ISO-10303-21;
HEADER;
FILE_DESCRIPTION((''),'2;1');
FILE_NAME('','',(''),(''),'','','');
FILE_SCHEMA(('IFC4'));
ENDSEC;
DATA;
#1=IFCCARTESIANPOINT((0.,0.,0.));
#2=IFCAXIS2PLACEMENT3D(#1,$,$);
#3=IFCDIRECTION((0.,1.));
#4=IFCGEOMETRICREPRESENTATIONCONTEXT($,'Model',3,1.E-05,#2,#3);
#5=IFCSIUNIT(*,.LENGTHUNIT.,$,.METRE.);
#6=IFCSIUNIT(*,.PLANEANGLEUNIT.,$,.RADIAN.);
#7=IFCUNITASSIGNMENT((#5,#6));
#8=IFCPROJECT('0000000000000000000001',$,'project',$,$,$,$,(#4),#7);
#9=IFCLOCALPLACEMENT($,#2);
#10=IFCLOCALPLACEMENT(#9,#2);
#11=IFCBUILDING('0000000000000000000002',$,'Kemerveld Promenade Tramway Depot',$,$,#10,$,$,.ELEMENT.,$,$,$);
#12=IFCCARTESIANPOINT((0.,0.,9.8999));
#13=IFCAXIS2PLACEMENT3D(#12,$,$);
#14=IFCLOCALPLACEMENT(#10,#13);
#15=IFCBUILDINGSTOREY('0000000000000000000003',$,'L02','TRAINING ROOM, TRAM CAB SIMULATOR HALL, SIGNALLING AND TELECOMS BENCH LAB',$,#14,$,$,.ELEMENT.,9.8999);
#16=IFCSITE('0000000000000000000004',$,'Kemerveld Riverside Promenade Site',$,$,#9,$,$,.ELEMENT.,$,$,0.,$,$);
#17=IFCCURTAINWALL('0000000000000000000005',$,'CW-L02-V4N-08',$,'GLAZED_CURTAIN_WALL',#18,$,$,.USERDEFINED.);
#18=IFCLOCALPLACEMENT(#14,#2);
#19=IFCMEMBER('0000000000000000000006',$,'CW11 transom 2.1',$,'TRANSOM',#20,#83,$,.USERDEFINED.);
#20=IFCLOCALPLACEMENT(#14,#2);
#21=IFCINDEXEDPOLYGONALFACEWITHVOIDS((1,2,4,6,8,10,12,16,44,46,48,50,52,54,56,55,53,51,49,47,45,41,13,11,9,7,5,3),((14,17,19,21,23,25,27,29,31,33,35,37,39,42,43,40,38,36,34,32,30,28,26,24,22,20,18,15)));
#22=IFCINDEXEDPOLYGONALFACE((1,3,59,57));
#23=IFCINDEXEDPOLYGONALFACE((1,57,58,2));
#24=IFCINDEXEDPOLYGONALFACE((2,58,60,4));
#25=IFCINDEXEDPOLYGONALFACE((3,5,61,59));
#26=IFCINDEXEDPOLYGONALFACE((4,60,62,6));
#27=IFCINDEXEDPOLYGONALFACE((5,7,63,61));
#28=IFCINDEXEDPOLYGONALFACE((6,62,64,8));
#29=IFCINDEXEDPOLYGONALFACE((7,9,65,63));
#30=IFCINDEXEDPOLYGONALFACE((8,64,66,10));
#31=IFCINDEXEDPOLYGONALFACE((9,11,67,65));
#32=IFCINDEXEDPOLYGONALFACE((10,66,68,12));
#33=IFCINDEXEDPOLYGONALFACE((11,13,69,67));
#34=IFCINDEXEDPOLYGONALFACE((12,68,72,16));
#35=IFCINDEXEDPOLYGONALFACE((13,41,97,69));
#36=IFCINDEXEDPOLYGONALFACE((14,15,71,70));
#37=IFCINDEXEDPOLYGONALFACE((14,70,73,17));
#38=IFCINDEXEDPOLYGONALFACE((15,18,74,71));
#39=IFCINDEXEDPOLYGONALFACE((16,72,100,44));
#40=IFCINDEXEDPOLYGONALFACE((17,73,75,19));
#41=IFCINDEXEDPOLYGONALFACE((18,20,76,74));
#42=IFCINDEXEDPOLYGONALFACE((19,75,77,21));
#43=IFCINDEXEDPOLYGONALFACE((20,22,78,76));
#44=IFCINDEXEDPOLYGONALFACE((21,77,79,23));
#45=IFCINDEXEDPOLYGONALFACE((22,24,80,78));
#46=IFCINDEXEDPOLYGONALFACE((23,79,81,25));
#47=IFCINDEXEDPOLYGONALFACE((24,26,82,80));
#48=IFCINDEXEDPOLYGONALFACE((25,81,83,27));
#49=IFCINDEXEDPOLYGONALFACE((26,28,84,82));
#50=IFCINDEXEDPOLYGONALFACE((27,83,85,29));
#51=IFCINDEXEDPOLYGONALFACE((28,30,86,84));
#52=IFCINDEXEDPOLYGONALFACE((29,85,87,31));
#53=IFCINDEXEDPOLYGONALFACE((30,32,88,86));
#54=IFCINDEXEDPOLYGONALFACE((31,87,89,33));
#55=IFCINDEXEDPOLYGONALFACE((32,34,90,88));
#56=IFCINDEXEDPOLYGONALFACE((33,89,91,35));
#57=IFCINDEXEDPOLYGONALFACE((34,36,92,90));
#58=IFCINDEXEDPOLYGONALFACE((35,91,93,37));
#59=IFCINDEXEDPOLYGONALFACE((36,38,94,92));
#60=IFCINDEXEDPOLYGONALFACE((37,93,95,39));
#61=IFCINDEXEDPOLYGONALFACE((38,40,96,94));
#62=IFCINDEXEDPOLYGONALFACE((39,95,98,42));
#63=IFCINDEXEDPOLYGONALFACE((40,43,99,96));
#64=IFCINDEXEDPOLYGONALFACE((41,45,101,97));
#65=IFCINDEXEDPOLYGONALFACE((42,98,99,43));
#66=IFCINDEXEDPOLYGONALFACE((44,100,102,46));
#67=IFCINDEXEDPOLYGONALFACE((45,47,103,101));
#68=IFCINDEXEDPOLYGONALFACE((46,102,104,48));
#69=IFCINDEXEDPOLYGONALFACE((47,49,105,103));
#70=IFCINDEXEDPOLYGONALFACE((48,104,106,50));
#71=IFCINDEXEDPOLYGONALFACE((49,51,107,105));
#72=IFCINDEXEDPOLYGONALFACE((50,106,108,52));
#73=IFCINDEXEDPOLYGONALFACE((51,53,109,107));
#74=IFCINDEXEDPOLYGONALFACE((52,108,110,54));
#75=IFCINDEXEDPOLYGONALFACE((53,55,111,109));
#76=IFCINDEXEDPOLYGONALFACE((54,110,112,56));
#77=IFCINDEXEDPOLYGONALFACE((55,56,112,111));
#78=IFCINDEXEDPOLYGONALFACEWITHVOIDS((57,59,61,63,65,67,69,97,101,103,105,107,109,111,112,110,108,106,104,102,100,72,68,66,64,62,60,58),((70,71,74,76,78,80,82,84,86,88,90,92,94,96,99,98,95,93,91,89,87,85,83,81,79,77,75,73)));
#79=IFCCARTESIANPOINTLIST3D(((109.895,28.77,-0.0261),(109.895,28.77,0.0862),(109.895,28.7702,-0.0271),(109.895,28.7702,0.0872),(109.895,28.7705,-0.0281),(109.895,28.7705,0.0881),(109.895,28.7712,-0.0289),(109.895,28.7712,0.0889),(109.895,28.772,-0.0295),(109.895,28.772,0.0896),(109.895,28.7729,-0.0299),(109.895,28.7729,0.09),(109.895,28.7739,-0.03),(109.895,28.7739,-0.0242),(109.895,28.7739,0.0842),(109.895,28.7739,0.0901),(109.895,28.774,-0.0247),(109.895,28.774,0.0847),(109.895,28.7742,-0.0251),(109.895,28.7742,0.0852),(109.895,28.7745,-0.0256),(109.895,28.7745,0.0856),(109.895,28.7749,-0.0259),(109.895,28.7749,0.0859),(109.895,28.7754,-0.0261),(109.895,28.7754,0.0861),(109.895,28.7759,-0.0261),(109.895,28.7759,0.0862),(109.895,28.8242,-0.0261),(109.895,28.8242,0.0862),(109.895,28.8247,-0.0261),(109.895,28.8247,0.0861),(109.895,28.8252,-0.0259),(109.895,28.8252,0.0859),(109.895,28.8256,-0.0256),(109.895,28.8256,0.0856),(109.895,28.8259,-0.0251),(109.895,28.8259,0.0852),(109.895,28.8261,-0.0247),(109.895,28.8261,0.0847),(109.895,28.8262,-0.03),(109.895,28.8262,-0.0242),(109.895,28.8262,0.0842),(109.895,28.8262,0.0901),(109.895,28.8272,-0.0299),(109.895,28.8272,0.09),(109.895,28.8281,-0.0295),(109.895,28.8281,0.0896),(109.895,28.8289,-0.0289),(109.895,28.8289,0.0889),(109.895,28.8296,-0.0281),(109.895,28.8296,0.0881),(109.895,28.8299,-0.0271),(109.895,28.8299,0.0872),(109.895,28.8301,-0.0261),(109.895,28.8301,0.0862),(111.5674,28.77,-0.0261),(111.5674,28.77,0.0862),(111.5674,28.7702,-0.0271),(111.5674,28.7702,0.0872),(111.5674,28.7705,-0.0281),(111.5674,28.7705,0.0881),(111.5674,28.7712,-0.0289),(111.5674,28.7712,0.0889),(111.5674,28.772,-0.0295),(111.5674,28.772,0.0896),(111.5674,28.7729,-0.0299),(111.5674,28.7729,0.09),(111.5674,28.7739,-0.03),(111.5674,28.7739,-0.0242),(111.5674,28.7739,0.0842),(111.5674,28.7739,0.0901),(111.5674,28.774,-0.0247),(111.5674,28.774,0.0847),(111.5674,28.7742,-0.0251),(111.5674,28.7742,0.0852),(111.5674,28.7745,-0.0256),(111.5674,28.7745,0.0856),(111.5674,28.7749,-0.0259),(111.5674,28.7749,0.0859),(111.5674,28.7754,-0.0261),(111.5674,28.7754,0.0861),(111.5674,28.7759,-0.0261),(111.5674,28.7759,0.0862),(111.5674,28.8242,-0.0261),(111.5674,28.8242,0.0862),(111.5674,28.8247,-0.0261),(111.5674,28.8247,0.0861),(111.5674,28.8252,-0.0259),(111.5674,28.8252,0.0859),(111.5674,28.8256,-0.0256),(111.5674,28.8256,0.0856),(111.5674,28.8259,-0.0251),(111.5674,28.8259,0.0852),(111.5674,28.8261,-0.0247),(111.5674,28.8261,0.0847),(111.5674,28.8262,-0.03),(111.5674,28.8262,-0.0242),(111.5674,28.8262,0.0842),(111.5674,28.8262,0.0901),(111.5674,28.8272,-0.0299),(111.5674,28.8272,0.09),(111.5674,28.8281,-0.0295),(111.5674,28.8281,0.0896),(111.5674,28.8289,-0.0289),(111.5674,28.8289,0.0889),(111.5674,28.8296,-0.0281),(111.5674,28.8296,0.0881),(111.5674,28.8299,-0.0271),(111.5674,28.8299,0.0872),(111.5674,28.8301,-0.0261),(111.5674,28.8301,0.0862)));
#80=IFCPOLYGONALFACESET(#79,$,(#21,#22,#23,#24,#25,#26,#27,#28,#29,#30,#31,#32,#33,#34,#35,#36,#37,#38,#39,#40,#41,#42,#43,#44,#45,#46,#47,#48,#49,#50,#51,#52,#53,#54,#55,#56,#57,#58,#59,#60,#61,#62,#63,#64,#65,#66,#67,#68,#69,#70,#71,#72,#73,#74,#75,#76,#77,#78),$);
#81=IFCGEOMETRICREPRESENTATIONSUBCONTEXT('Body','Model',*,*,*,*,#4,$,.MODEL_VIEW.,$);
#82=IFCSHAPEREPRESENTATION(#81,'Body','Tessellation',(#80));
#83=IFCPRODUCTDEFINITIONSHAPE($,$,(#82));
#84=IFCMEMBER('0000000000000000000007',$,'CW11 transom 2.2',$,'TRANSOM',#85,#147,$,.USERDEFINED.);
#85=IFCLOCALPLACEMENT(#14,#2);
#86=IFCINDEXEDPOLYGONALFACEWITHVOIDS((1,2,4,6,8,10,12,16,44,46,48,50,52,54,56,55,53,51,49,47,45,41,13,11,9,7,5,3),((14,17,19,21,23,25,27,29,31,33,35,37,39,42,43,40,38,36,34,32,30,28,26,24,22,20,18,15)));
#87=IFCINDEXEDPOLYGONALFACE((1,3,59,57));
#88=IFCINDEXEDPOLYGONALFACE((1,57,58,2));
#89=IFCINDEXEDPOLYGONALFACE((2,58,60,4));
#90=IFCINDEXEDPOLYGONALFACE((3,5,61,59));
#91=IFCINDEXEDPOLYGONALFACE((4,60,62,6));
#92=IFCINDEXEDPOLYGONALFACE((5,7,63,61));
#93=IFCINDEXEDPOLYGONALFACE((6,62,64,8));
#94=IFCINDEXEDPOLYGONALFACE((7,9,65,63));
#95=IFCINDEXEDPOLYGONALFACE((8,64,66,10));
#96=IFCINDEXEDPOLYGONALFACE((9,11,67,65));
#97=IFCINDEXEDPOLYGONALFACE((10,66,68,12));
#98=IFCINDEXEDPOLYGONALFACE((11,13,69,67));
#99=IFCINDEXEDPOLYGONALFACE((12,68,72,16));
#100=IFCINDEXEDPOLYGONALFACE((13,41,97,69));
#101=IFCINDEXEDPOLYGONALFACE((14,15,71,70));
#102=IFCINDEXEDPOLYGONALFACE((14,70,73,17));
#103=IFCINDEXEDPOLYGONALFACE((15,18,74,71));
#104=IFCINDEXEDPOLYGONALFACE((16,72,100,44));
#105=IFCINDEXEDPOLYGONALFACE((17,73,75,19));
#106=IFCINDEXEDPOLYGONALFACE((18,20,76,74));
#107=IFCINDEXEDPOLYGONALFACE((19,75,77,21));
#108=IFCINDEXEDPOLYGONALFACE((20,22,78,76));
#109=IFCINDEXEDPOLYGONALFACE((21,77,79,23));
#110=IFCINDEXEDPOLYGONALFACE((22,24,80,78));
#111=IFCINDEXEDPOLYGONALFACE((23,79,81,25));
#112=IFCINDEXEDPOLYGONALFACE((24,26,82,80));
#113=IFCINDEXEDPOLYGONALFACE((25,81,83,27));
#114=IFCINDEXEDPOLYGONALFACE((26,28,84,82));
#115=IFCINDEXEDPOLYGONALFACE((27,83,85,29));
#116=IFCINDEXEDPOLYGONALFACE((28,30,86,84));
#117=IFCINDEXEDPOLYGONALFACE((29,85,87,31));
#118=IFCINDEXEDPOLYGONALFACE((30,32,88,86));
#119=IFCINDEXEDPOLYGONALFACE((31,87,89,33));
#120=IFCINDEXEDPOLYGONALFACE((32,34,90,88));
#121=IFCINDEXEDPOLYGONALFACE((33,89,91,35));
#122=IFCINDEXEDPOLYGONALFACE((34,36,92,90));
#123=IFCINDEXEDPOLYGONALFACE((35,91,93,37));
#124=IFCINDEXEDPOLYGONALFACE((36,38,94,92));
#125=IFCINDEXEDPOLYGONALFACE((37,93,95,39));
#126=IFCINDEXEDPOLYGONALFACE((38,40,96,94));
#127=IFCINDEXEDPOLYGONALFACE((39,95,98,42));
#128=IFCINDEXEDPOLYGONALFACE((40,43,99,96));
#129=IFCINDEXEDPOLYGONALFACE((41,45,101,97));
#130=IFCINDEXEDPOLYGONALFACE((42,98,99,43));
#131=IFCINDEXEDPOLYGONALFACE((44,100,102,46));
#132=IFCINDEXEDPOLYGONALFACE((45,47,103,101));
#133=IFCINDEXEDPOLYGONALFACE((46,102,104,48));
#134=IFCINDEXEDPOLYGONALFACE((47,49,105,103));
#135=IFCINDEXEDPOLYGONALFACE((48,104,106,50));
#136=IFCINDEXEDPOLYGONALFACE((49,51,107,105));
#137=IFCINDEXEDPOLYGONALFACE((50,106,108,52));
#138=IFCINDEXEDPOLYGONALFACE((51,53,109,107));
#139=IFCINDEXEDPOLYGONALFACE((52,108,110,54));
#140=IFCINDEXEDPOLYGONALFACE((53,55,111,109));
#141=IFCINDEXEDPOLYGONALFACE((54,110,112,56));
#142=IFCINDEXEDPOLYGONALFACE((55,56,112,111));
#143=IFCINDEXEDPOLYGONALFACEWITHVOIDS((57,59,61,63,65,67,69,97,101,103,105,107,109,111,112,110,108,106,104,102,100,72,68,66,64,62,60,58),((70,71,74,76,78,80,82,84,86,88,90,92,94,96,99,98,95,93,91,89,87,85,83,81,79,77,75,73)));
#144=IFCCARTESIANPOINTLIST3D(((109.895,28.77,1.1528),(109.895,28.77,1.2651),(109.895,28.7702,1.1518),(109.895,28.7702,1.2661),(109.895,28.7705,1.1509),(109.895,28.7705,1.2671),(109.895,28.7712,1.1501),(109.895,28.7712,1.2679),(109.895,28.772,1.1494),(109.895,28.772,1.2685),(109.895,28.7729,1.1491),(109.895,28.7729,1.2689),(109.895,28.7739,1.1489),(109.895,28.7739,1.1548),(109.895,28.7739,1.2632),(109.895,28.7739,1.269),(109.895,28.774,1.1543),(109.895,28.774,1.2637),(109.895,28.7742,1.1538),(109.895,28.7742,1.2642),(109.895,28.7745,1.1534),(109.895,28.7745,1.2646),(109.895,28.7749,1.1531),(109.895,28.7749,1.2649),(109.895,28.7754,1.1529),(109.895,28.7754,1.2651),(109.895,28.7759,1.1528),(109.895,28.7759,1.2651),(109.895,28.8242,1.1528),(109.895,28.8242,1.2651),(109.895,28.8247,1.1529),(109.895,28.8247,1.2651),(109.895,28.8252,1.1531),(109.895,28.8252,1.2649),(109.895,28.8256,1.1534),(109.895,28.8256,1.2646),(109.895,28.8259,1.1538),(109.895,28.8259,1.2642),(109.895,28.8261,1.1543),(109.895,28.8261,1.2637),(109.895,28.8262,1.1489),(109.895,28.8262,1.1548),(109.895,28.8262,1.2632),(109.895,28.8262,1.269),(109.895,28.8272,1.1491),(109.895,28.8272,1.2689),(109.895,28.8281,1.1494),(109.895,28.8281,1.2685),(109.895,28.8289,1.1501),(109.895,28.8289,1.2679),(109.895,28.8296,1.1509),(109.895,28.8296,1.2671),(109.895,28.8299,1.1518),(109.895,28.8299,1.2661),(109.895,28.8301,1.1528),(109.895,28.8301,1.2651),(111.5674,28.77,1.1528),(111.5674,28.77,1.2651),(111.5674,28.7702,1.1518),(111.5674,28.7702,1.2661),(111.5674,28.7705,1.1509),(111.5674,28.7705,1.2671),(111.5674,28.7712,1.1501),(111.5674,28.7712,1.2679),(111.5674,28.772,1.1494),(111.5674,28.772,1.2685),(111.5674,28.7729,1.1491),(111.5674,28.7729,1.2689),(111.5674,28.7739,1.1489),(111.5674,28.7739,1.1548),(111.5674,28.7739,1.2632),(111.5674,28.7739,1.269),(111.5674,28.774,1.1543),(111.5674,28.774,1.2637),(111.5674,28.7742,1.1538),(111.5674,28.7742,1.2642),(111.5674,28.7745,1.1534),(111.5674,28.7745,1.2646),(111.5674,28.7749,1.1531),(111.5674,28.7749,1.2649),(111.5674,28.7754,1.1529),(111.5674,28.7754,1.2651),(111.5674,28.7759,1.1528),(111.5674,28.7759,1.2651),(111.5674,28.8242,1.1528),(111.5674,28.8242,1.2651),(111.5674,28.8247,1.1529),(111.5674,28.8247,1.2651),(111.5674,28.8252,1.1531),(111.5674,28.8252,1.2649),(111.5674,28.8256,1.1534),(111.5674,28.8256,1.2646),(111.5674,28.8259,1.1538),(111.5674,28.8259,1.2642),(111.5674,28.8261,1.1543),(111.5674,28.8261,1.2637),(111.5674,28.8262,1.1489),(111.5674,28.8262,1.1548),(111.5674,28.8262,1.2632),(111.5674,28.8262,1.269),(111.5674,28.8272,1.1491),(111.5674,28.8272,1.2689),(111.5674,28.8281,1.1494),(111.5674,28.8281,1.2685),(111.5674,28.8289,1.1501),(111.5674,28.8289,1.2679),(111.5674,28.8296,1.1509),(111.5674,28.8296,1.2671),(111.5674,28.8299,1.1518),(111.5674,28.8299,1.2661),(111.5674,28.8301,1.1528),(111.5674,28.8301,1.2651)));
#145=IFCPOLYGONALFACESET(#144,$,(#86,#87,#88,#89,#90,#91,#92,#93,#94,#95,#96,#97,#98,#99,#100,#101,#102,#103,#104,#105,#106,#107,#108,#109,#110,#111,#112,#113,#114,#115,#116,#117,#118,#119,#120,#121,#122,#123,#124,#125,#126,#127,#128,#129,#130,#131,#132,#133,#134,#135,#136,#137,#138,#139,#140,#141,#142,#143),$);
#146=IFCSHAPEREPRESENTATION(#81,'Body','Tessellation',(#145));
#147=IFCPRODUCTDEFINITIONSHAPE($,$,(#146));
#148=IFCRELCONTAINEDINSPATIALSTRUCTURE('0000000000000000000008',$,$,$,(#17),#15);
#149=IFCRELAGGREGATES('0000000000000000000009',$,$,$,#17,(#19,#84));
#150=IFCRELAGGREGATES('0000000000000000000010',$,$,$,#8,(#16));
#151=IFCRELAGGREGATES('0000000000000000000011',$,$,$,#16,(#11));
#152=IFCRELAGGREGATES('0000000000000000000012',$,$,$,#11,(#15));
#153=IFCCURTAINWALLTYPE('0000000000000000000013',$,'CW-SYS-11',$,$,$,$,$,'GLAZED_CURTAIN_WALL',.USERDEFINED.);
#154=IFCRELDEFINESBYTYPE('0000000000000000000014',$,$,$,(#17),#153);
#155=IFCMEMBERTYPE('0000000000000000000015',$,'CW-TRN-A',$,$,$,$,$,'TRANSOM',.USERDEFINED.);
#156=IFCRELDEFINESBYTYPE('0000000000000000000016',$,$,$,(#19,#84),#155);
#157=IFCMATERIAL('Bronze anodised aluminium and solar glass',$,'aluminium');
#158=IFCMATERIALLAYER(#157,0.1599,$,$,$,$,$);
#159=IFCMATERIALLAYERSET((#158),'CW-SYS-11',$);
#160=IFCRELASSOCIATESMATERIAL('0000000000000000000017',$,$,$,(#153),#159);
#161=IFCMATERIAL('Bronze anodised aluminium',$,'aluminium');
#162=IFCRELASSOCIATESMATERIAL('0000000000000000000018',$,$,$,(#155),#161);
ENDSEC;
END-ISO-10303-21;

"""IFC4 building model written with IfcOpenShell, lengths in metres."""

from ifc_helpers import new_model, si_unit, direction, frame, origin, origin_2d, place, context, subcontext, project, spatial, hollow_rectangle, extrude, material, layer, layer_set, material_profile, profile_set, type_object, element, aggregate, save


model = new_model("IFC4")

# Units and contexts
model_context = context("Model", 3, precision=1e-05, world=origin(), true_north=direction((0.0, 1.0)))
body_context = subcontext(model_context, "Body", "Model", "MODEL_VIEW")
ifc_project = project(units=[si_unit("LENGTHUNIT", "METRE"), si_unit("PLANEANGLEUNIT", "RADIAN")], contexts=[model_context])

# Site, building, storey
site_placement = place(None, origin())
site = spatial("IfcSite", under=ifc_project, at=site_placement, Name="Kemerveld Riverside Promenade Site", CompositionType="ELEMENT", RefElevation=0.0)
building_placement = place(site_placement, origin())
building = spatial("IfcBuilding", under=site, at=building_placement, Name="Kemerveld Promenade Tramway Depot", CompositionType="ELEMENT")
storey_placement = place(building_placement, frame((0.0, 0.0, 9.8999)))
storey = spatial("IfcBuildingStorey", under=building, at=storey_placement, Name="L02", Description="TRAINING ROOM, TRAM CAB SIMULATOR HALL, SIGNALLING AND TELECOMS BENCH LAB", CompositionType="ELEMENT", Elevation=9.8999)

# Curtain wall, members
ifc_material_1 = material(Name="Bronze anodised aluminium and solar glass", Category="aluminium")
ifc_layer_1 = layer(ifc_material_1, 0.1599)
ifc_layer_set_1 = layer_set([ifc_layer_1], Name="CW-SYS-11")
curtain_wall_type = type_object("IfcCurtainWallType", Name="CW-SYS-11", ElementType="GLAZED_CURTAIN_WALL", PredefinedType="USERDEFINED", material=ifc_layer_set_1)
curtain_wall_placement = place(storey_placement, origin())
curtain_wall = element("IfcCurtainWall", 1, at=curtain_wall_placement, inside=storey, type_object=curtain_wall_type, Name="CW-L02-V4N-08", ObjectType="GLAZED_CURTAIN_WALL", PredefinedType="USERDEFINED")
ifc_material_2 = material(Name="Bronze anodised aluminium", Category="aluminium")
ifc_material_profile_1 = material_profile(ifc_material_2, hollow_rectangle(XDim=0.0601, YDim=0.1201, WallThickness=0.0039, InnerFilletRadius=0.002, OuterFilletRadius=0.0039, at=origin_2d()), Name="CW-TRN-120x60")
ifc_profile_set_1 = profile_set([ifc_material_profile_1], Name="Bronze anodised aluminium")
member_type_1 = type_object("IfcMemberType", Name="CW-TRN-A", ElementType="TRANSOM", PredefinedType="USERDEFINED", material=ifc_profile_set_1)
member_1_placement = place(storey_placement, frame((109.895, 28.8, 0.03), z_axis=(1.0, 0.0, 0.0), x_axis=(0.0, 1.0, 0.0)))
member_1 = element("IfcMember", 2, at=member_1_placement, type_object=member_type_1, Name="CW11 transom 2.1", ObjectType="TRANSOM", PredefinedType="USERDEFINED", context=body_context, shape_type="SweptSolid", body=[
    extrude(hollow_rectangle(XDim=0.0601, YDim=0.1201, WallThickness=0.0039, InnerFilletRadius=0.002, OuterFilletRadius=0.0039, at=origin_2d()), origin(), (0.0, 0.0, 1.0), 1.6724),
])
member_2_placement = place(storey_placement, frame((109.895, 28.8, 1.209), z_axis=(1.0, 0.0, 0.0), x_axis=(0.0, 1.0, 0.0)))
member_2 = element("IfcMember", 3, at=member_2_placement, type_object=member_type_1, Name="CW11 transom 2.2", ObjectType="TRANSOM", PredefinedType="USERDEFINED", context=body_context, shape_type="SweptSolid", body=[
    extrude(hollow_rectangle(XDim=0.0601, YDim=0.1201, WallThickness=0.0039, InnerFilletRadius=0.002, OuterFilletRadius=0.0039, at=origin_2d()), origin(), (0.0, 0.0, 1.0), 1.6724),
])

aggregate(curtain_wall, [member_1, member_2])

save(model, "model.ifc")
